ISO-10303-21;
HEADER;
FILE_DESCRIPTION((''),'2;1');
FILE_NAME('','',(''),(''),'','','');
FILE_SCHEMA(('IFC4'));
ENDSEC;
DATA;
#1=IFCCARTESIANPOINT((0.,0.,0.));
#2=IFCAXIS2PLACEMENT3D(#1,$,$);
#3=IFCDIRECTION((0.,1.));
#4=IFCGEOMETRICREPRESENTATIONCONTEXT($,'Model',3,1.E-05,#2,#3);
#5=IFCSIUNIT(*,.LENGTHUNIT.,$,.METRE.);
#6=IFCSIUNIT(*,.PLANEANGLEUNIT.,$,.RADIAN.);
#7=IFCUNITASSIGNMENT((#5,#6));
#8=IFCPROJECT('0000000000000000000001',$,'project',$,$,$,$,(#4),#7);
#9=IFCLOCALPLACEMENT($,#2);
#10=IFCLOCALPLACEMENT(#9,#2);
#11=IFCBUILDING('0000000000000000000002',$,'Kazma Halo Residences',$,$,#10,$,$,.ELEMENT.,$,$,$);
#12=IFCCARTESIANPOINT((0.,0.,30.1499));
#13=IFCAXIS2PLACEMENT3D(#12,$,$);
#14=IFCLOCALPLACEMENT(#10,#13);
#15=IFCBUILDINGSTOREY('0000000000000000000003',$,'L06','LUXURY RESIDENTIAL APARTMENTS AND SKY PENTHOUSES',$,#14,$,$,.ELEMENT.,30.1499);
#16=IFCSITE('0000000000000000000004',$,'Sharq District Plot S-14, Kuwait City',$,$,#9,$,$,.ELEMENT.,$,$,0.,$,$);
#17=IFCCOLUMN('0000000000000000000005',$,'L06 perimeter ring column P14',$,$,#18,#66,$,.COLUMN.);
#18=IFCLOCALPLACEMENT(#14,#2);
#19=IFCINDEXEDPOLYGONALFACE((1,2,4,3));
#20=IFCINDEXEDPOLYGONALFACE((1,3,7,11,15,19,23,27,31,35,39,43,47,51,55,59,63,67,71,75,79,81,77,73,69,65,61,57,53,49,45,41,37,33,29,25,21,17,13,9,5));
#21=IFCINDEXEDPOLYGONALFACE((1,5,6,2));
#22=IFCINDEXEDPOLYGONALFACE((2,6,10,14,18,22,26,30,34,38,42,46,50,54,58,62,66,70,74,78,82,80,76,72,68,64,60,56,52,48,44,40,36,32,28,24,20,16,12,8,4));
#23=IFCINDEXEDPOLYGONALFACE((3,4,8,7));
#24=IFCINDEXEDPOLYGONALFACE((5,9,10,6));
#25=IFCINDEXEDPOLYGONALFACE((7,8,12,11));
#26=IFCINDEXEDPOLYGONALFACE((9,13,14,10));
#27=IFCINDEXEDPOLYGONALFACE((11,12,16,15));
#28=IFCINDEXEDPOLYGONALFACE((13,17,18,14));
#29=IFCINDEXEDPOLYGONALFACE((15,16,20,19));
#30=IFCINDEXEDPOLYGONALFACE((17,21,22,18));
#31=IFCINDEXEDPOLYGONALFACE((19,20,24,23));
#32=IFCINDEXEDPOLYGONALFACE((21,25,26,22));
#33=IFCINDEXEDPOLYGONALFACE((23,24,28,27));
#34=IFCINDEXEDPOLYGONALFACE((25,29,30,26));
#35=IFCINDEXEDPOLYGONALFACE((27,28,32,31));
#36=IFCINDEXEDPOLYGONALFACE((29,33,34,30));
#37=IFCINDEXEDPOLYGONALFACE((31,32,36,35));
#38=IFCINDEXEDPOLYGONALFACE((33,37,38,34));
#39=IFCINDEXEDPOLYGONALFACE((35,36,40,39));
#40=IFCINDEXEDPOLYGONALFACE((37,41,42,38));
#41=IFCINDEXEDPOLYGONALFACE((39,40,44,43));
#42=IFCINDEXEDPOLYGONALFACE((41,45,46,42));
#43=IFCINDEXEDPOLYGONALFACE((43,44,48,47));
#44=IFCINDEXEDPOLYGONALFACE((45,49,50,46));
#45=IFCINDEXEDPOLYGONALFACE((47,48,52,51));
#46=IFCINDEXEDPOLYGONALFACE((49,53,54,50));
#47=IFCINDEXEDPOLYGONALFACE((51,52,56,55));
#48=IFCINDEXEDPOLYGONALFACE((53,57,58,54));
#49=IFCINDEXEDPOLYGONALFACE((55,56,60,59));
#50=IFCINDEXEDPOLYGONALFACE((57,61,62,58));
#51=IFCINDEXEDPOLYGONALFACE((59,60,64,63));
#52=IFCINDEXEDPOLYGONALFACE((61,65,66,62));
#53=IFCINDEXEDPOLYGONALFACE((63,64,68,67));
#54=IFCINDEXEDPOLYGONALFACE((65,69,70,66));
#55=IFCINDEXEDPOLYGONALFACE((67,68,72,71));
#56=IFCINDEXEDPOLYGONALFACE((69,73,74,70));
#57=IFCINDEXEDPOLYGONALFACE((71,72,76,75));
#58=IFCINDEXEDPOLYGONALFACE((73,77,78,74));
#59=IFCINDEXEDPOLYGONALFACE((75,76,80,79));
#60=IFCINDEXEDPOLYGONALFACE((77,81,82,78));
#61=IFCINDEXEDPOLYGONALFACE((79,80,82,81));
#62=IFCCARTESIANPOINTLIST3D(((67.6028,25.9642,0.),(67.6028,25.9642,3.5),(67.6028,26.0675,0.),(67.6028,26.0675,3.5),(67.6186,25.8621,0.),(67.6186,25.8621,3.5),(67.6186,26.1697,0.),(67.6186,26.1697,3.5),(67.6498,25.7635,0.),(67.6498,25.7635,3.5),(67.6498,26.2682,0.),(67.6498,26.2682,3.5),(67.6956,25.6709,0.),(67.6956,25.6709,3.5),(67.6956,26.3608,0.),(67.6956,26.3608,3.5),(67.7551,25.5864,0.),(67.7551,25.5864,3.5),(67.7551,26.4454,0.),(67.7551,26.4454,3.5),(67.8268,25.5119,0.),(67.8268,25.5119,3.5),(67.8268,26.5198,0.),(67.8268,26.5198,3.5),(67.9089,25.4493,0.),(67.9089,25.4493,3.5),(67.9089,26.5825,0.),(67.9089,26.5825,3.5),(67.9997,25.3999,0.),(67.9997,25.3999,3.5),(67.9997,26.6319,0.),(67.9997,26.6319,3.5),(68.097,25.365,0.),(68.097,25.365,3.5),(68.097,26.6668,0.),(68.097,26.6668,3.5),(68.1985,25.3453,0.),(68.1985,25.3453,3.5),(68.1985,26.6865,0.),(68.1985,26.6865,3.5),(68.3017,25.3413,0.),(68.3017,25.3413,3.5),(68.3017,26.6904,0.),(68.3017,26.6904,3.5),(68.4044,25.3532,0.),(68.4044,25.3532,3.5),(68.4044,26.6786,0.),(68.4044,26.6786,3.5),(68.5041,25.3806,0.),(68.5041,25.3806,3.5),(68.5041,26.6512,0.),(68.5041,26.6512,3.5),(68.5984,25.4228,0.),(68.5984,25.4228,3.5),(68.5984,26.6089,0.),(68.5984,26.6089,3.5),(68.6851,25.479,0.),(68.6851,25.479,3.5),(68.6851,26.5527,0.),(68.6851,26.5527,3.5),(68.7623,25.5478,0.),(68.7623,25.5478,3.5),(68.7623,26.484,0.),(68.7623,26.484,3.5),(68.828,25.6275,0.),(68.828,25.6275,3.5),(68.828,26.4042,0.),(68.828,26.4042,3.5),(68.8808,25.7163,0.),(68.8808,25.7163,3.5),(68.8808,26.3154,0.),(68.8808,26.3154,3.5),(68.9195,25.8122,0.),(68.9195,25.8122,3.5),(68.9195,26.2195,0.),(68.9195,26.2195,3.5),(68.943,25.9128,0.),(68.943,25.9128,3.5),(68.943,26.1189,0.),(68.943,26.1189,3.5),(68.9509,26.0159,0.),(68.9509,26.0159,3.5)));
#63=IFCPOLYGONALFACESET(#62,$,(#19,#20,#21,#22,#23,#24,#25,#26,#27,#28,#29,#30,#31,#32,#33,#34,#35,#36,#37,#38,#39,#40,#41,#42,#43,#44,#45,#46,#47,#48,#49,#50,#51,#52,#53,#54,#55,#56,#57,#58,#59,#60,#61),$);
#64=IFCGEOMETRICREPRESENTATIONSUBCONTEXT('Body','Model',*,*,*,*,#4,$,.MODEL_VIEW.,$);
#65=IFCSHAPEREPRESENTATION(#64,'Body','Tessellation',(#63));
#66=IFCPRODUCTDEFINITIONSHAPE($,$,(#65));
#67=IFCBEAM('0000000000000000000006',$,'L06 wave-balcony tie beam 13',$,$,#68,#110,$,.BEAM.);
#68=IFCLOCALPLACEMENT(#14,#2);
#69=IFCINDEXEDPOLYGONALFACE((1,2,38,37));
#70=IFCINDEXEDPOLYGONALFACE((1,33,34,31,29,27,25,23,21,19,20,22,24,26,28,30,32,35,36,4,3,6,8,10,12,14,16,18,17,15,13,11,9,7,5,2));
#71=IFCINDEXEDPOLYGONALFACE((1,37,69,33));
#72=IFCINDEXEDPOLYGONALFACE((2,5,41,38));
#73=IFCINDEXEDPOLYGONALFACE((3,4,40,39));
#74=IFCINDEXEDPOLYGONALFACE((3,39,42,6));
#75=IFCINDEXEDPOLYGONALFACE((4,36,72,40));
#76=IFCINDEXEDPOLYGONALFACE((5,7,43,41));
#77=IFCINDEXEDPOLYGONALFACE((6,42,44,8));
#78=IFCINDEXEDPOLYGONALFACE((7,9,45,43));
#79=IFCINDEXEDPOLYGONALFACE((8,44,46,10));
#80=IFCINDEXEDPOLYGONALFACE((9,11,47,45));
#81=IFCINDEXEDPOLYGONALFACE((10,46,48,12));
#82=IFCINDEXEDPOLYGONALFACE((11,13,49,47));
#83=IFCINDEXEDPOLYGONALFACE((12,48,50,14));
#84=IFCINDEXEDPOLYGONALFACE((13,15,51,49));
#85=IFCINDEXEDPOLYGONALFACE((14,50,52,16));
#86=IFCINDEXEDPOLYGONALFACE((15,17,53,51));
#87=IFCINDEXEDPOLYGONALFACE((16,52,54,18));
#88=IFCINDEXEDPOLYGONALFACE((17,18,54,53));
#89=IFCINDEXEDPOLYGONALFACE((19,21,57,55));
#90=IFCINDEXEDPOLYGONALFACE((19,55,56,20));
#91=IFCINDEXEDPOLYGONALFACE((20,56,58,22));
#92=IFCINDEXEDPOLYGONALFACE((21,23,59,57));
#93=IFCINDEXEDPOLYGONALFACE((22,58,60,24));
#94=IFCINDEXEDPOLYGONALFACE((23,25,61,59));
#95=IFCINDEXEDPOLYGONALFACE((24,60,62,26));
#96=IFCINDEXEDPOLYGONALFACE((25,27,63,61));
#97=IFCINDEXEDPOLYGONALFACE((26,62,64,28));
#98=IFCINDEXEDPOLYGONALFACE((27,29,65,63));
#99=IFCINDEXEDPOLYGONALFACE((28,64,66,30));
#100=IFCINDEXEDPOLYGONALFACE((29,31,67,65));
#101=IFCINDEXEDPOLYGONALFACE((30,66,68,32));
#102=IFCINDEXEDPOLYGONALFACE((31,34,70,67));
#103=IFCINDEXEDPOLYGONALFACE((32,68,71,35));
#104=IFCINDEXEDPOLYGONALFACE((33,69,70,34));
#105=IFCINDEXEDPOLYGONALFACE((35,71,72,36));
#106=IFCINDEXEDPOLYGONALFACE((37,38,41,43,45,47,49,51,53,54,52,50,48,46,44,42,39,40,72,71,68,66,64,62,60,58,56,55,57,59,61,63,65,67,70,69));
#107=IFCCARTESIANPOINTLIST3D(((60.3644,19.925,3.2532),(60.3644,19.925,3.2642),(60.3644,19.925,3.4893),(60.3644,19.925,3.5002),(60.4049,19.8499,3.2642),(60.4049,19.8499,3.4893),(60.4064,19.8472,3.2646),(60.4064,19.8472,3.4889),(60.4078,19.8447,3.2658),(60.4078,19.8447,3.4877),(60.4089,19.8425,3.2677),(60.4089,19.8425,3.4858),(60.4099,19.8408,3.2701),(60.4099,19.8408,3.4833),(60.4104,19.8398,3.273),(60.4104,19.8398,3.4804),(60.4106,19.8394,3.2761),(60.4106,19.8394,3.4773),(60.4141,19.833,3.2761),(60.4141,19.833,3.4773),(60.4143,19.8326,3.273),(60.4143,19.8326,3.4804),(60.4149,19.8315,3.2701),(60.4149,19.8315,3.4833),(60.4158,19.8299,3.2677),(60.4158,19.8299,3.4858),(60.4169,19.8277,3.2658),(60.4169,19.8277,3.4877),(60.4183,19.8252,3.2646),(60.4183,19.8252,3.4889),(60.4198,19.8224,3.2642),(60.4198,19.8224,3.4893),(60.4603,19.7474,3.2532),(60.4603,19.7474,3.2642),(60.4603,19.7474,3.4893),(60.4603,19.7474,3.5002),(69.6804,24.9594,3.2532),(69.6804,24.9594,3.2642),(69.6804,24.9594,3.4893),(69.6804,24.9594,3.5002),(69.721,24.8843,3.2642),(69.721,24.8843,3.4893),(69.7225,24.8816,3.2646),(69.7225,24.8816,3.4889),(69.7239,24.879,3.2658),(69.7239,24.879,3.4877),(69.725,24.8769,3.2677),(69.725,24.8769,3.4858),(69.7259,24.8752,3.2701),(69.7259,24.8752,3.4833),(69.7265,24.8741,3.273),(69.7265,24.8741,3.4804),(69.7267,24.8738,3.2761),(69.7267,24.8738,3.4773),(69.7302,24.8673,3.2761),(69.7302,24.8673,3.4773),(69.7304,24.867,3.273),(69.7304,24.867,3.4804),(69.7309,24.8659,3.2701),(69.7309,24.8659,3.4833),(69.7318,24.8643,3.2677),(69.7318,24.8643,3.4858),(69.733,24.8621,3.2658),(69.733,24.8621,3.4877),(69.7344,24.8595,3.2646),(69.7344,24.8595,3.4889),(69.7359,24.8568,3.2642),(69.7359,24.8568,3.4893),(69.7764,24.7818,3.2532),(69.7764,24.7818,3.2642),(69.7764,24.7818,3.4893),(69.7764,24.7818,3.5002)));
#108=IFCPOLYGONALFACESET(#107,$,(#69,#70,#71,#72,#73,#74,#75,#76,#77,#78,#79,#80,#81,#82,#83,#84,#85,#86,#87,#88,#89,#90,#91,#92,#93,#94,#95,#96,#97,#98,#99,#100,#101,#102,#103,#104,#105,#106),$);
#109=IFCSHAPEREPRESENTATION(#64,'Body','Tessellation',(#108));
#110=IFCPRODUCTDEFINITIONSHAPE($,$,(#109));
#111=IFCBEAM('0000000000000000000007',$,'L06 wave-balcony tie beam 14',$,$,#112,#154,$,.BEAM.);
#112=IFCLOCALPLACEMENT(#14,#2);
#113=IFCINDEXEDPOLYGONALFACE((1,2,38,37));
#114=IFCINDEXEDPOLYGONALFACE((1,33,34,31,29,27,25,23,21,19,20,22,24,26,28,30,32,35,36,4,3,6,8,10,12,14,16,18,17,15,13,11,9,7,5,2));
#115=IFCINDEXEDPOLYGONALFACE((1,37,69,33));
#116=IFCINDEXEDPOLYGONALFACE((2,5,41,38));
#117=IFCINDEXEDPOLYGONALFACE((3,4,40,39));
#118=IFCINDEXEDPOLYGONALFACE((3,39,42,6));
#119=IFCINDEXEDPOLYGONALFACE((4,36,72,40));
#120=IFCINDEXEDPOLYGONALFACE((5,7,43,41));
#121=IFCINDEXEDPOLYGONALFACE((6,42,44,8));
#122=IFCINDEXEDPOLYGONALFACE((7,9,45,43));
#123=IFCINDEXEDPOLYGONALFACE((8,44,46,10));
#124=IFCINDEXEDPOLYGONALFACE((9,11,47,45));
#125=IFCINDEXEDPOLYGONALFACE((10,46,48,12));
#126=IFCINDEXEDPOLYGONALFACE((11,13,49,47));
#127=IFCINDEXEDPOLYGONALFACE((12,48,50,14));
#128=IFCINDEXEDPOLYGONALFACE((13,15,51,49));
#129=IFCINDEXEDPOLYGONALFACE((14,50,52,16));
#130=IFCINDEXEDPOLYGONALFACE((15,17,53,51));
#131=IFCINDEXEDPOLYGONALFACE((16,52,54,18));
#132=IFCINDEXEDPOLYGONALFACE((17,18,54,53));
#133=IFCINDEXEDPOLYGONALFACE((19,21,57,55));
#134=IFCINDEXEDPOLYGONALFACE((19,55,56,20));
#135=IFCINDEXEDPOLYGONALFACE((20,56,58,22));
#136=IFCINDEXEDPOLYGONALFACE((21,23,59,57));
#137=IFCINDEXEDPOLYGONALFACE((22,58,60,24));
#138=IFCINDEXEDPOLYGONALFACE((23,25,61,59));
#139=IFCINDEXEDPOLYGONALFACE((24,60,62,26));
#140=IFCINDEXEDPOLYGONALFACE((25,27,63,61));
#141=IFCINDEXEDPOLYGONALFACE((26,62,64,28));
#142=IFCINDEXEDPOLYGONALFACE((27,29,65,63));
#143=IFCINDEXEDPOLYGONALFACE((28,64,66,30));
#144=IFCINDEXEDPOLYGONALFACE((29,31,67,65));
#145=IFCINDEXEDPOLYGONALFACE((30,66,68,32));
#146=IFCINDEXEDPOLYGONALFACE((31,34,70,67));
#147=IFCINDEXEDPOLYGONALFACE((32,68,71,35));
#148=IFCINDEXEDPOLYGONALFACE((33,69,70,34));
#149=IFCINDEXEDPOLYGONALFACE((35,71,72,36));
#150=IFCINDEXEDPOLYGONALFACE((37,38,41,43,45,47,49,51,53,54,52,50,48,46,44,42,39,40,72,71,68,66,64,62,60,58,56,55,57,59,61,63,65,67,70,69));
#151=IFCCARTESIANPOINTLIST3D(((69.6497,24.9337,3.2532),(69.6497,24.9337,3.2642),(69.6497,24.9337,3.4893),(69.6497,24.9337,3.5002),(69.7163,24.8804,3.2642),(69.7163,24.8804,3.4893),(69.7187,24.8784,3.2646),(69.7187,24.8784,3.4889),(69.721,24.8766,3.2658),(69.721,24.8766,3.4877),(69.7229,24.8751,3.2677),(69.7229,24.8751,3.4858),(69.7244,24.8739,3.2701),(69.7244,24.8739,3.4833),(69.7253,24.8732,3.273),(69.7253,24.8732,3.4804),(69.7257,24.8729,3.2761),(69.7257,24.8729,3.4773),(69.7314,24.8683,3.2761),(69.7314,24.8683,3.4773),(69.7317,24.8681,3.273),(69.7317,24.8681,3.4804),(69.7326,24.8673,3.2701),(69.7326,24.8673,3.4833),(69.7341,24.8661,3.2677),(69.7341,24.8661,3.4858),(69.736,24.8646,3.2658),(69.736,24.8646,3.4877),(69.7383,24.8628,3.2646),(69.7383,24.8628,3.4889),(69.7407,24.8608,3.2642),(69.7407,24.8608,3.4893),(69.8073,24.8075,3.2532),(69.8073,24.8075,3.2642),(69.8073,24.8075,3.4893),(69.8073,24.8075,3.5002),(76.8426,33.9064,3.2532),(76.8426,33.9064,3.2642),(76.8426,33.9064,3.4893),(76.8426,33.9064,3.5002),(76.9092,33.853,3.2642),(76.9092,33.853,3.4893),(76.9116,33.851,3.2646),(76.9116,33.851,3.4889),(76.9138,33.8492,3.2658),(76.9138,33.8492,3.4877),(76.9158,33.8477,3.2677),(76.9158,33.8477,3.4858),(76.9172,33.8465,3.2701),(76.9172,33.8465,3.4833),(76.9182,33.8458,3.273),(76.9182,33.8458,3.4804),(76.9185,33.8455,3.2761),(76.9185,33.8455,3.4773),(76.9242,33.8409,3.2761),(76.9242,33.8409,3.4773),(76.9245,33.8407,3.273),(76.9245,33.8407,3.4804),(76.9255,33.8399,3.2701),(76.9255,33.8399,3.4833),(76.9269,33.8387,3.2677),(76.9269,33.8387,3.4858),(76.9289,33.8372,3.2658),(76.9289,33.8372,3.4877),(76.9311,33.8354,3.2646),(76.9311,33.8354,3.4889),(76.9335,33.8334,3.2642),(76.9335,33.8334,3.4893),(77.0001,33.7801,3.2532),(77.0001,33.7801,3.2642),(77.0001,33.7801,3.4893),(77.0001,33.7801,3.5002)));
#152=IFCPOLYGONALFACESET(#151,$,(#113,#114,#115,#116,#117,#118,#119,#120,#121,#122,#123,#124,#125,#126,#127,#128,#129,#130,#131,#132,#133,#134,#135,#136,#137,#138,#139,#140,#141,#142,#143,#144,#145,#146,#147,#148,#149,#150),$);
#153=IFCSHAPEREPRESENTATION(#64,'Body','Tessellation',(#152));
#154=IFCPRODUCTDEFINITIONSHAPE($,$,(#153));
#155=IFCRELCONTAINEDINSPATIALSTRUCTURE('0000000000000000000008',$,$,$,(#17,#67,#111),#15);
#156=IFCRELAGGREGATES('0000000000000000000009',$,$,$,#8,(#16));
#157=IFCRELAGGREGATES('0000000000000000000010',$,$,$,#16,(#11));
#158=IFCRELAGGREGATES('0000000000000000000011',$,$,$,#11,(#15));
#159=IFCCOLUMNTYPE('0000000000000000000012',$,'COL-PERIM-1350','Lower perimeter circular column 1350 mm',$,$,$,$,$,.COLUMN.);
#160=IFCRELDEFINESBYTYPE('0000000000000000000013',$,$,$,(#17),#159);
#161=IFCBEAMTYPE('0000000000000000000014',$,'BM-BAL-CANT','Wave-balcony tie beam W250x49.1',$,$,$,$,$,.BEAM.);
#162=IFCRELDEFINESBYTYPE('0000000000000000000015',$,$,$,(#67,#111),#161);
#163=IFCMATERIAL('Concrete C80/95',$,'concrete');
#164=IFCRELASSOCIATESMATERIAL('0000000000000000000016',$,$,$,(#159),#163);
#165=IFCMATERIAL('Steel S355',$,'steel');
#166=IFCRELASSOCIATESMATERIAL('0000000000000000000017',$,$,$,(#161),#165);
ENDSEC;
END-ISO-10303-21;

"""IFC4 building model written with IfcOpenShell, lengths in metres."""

from ifc_helpers import new_model, si_unit, direction, frame, origin, origin_2d, place, context, subcontext, project, spatial, circle, i_section, extrude, material, material_profile, profile_set, type_object, element, save


model = new_model("IFC4")

# Units and contexts
model_context = context("Model", 3, precision=1e-05, world=origin(), true_north=direction((0.0, 1.0)))
body_context = subcontext(model_context, "Body", "Model", "MODEL_VIEW")
ifc_project = project(units=[si_unit("LENGTHUNIT", "METRE"), si_unit("PLANEANGLEUNIT", "RADIAN")], contexts=[model_context])

# Site, building, storey
site_placement = place(None, origin())
site = spatial("IfcSite", under=ifc_project, at=site_placement, Name="Sharq District Plot S-14, Kuwait City", CompositionType="ELEMENT", RefElevation=0.0)
building_placement = place(site_placement, origin())
building = spatial("IfcBuilding", under=site, at=building_placement, Name="Kazma Halo Residences", CompositionType="ELEMENT")
storey_placement = place(building_placement, frame((0.0, 0.0, 30.1499)))
storey = spatial("IfcBuildingStorey", under=building, at=storey_placement, Name="L06", Description="LUXURY RESIDENTIAL APARTMENTS AND SKY PENTHOUSES", CompositionType="ELEMENT", Elevation=30.1499)

# Column
ifc_material_1 = material(Name="Concrete C80/95", Category="concrete")
ifc_material_profile_1 = material_profile(ifc_material_1, circle(Radius=0.675, at=origin_2d()), Name="CIRC1350")
ifc_profile_set_1 = profile_set([ifc_material_profile_1], Name="Concrete C80/95")
column_type = type_object("IfcColumnType", Name="COL-PERIM-1350", Description="Lower perimeter circular column 1350 mm", PredefinedType="COLUMN", material=ifc_profile_set_1)
column_placement = place(storey_placement, frame((68.2759, 26.0159, 0.0), z_axis=(0.0, 0.0, 1.0), x_axis=(1.0, 0.0, 0.0)))
element("IfcColumn", 1, at=column_placement, inside=storey, type_object=column_type, Name="L06 perimeter ring column P14", PredefinedType="COLUMN", context=body_context, shape_type="SweptSolid", body=[
    extrude(circle(Radius=0.675, at=origin_2d()), origin(), (0.0, 0.0, 1.0), 3.5),
])

# Beams
ifc_material_2 = material(Name="Steel S355", Category="steel")
ifc_material_profile_2 = material_profile(ifc_material_2, i_section(OverallWidth=0.2019, OverallDepth=0.2471, WebThickness=0.0073, FlangeThickness=0.011, FilletRadius=0.012, at=origin_2d()), Name="W250x49.1")
ifc_profile_set_2 = profile_set([ifc_material_profile_2], Name="Steel S355")
beam_type_1 = type_object("IfcBeamType", Name="BM-BAL-CANT", Description="Wave-balcony tie beam W250x49.1", PredefinedType="BEAM", material=ifc_profile_set_2)
beam_1_placement = place(storey_placement, frame((60.4124, 19.8362, 3.3767), z_axis=(0.879759, 0.475419, 0.0), x_axis=(-0.475419, 0.879759, 0.0)))
element("IfcBeam", 2, at=beam_1_placement, inside=storey, type_object=beam_type_1, Name="L06 wave-balcony tie beam 13", PredefinedType="BEAM", context=body_context, shape_type="SweptSolid", body=[
    extrude(i_section(OverallWidth=0.2019, OverallDepth=0.2471, WebThickness=0.0073, FlangeThickness=0.011, FilletRadius=0.012, at=origin_2d()), origin(), (0.0, 0.0, 1.0), 10.5894),
])
beam_2_placement = place(storey_placement, frame((69.7285, 24.8706, 3.3767), z_axis=(0.625477, 0.780243, 0.0), x_axis=(-0.780243, 0.625477, 0.0)))
element("IfcBeam", 3, at=beam_2_placement, inside=storey, type_object=beam_type_1, Name="L06 wave-balcony tie beam 14", PredefinedType="BEAM", context=body_context, shape_type="SweptSolid", body=[
    extrude(i_section(OverallWidth=0.2019, OverallDepth=0.2471, WebThickness=0.0073, FlangeThickness=0.011, FilletRadius=0.012, at=origin_2d()), origin(), (0.0, 0.0, 1.0), 11.4998),
])

save(model, "model.ifc")
